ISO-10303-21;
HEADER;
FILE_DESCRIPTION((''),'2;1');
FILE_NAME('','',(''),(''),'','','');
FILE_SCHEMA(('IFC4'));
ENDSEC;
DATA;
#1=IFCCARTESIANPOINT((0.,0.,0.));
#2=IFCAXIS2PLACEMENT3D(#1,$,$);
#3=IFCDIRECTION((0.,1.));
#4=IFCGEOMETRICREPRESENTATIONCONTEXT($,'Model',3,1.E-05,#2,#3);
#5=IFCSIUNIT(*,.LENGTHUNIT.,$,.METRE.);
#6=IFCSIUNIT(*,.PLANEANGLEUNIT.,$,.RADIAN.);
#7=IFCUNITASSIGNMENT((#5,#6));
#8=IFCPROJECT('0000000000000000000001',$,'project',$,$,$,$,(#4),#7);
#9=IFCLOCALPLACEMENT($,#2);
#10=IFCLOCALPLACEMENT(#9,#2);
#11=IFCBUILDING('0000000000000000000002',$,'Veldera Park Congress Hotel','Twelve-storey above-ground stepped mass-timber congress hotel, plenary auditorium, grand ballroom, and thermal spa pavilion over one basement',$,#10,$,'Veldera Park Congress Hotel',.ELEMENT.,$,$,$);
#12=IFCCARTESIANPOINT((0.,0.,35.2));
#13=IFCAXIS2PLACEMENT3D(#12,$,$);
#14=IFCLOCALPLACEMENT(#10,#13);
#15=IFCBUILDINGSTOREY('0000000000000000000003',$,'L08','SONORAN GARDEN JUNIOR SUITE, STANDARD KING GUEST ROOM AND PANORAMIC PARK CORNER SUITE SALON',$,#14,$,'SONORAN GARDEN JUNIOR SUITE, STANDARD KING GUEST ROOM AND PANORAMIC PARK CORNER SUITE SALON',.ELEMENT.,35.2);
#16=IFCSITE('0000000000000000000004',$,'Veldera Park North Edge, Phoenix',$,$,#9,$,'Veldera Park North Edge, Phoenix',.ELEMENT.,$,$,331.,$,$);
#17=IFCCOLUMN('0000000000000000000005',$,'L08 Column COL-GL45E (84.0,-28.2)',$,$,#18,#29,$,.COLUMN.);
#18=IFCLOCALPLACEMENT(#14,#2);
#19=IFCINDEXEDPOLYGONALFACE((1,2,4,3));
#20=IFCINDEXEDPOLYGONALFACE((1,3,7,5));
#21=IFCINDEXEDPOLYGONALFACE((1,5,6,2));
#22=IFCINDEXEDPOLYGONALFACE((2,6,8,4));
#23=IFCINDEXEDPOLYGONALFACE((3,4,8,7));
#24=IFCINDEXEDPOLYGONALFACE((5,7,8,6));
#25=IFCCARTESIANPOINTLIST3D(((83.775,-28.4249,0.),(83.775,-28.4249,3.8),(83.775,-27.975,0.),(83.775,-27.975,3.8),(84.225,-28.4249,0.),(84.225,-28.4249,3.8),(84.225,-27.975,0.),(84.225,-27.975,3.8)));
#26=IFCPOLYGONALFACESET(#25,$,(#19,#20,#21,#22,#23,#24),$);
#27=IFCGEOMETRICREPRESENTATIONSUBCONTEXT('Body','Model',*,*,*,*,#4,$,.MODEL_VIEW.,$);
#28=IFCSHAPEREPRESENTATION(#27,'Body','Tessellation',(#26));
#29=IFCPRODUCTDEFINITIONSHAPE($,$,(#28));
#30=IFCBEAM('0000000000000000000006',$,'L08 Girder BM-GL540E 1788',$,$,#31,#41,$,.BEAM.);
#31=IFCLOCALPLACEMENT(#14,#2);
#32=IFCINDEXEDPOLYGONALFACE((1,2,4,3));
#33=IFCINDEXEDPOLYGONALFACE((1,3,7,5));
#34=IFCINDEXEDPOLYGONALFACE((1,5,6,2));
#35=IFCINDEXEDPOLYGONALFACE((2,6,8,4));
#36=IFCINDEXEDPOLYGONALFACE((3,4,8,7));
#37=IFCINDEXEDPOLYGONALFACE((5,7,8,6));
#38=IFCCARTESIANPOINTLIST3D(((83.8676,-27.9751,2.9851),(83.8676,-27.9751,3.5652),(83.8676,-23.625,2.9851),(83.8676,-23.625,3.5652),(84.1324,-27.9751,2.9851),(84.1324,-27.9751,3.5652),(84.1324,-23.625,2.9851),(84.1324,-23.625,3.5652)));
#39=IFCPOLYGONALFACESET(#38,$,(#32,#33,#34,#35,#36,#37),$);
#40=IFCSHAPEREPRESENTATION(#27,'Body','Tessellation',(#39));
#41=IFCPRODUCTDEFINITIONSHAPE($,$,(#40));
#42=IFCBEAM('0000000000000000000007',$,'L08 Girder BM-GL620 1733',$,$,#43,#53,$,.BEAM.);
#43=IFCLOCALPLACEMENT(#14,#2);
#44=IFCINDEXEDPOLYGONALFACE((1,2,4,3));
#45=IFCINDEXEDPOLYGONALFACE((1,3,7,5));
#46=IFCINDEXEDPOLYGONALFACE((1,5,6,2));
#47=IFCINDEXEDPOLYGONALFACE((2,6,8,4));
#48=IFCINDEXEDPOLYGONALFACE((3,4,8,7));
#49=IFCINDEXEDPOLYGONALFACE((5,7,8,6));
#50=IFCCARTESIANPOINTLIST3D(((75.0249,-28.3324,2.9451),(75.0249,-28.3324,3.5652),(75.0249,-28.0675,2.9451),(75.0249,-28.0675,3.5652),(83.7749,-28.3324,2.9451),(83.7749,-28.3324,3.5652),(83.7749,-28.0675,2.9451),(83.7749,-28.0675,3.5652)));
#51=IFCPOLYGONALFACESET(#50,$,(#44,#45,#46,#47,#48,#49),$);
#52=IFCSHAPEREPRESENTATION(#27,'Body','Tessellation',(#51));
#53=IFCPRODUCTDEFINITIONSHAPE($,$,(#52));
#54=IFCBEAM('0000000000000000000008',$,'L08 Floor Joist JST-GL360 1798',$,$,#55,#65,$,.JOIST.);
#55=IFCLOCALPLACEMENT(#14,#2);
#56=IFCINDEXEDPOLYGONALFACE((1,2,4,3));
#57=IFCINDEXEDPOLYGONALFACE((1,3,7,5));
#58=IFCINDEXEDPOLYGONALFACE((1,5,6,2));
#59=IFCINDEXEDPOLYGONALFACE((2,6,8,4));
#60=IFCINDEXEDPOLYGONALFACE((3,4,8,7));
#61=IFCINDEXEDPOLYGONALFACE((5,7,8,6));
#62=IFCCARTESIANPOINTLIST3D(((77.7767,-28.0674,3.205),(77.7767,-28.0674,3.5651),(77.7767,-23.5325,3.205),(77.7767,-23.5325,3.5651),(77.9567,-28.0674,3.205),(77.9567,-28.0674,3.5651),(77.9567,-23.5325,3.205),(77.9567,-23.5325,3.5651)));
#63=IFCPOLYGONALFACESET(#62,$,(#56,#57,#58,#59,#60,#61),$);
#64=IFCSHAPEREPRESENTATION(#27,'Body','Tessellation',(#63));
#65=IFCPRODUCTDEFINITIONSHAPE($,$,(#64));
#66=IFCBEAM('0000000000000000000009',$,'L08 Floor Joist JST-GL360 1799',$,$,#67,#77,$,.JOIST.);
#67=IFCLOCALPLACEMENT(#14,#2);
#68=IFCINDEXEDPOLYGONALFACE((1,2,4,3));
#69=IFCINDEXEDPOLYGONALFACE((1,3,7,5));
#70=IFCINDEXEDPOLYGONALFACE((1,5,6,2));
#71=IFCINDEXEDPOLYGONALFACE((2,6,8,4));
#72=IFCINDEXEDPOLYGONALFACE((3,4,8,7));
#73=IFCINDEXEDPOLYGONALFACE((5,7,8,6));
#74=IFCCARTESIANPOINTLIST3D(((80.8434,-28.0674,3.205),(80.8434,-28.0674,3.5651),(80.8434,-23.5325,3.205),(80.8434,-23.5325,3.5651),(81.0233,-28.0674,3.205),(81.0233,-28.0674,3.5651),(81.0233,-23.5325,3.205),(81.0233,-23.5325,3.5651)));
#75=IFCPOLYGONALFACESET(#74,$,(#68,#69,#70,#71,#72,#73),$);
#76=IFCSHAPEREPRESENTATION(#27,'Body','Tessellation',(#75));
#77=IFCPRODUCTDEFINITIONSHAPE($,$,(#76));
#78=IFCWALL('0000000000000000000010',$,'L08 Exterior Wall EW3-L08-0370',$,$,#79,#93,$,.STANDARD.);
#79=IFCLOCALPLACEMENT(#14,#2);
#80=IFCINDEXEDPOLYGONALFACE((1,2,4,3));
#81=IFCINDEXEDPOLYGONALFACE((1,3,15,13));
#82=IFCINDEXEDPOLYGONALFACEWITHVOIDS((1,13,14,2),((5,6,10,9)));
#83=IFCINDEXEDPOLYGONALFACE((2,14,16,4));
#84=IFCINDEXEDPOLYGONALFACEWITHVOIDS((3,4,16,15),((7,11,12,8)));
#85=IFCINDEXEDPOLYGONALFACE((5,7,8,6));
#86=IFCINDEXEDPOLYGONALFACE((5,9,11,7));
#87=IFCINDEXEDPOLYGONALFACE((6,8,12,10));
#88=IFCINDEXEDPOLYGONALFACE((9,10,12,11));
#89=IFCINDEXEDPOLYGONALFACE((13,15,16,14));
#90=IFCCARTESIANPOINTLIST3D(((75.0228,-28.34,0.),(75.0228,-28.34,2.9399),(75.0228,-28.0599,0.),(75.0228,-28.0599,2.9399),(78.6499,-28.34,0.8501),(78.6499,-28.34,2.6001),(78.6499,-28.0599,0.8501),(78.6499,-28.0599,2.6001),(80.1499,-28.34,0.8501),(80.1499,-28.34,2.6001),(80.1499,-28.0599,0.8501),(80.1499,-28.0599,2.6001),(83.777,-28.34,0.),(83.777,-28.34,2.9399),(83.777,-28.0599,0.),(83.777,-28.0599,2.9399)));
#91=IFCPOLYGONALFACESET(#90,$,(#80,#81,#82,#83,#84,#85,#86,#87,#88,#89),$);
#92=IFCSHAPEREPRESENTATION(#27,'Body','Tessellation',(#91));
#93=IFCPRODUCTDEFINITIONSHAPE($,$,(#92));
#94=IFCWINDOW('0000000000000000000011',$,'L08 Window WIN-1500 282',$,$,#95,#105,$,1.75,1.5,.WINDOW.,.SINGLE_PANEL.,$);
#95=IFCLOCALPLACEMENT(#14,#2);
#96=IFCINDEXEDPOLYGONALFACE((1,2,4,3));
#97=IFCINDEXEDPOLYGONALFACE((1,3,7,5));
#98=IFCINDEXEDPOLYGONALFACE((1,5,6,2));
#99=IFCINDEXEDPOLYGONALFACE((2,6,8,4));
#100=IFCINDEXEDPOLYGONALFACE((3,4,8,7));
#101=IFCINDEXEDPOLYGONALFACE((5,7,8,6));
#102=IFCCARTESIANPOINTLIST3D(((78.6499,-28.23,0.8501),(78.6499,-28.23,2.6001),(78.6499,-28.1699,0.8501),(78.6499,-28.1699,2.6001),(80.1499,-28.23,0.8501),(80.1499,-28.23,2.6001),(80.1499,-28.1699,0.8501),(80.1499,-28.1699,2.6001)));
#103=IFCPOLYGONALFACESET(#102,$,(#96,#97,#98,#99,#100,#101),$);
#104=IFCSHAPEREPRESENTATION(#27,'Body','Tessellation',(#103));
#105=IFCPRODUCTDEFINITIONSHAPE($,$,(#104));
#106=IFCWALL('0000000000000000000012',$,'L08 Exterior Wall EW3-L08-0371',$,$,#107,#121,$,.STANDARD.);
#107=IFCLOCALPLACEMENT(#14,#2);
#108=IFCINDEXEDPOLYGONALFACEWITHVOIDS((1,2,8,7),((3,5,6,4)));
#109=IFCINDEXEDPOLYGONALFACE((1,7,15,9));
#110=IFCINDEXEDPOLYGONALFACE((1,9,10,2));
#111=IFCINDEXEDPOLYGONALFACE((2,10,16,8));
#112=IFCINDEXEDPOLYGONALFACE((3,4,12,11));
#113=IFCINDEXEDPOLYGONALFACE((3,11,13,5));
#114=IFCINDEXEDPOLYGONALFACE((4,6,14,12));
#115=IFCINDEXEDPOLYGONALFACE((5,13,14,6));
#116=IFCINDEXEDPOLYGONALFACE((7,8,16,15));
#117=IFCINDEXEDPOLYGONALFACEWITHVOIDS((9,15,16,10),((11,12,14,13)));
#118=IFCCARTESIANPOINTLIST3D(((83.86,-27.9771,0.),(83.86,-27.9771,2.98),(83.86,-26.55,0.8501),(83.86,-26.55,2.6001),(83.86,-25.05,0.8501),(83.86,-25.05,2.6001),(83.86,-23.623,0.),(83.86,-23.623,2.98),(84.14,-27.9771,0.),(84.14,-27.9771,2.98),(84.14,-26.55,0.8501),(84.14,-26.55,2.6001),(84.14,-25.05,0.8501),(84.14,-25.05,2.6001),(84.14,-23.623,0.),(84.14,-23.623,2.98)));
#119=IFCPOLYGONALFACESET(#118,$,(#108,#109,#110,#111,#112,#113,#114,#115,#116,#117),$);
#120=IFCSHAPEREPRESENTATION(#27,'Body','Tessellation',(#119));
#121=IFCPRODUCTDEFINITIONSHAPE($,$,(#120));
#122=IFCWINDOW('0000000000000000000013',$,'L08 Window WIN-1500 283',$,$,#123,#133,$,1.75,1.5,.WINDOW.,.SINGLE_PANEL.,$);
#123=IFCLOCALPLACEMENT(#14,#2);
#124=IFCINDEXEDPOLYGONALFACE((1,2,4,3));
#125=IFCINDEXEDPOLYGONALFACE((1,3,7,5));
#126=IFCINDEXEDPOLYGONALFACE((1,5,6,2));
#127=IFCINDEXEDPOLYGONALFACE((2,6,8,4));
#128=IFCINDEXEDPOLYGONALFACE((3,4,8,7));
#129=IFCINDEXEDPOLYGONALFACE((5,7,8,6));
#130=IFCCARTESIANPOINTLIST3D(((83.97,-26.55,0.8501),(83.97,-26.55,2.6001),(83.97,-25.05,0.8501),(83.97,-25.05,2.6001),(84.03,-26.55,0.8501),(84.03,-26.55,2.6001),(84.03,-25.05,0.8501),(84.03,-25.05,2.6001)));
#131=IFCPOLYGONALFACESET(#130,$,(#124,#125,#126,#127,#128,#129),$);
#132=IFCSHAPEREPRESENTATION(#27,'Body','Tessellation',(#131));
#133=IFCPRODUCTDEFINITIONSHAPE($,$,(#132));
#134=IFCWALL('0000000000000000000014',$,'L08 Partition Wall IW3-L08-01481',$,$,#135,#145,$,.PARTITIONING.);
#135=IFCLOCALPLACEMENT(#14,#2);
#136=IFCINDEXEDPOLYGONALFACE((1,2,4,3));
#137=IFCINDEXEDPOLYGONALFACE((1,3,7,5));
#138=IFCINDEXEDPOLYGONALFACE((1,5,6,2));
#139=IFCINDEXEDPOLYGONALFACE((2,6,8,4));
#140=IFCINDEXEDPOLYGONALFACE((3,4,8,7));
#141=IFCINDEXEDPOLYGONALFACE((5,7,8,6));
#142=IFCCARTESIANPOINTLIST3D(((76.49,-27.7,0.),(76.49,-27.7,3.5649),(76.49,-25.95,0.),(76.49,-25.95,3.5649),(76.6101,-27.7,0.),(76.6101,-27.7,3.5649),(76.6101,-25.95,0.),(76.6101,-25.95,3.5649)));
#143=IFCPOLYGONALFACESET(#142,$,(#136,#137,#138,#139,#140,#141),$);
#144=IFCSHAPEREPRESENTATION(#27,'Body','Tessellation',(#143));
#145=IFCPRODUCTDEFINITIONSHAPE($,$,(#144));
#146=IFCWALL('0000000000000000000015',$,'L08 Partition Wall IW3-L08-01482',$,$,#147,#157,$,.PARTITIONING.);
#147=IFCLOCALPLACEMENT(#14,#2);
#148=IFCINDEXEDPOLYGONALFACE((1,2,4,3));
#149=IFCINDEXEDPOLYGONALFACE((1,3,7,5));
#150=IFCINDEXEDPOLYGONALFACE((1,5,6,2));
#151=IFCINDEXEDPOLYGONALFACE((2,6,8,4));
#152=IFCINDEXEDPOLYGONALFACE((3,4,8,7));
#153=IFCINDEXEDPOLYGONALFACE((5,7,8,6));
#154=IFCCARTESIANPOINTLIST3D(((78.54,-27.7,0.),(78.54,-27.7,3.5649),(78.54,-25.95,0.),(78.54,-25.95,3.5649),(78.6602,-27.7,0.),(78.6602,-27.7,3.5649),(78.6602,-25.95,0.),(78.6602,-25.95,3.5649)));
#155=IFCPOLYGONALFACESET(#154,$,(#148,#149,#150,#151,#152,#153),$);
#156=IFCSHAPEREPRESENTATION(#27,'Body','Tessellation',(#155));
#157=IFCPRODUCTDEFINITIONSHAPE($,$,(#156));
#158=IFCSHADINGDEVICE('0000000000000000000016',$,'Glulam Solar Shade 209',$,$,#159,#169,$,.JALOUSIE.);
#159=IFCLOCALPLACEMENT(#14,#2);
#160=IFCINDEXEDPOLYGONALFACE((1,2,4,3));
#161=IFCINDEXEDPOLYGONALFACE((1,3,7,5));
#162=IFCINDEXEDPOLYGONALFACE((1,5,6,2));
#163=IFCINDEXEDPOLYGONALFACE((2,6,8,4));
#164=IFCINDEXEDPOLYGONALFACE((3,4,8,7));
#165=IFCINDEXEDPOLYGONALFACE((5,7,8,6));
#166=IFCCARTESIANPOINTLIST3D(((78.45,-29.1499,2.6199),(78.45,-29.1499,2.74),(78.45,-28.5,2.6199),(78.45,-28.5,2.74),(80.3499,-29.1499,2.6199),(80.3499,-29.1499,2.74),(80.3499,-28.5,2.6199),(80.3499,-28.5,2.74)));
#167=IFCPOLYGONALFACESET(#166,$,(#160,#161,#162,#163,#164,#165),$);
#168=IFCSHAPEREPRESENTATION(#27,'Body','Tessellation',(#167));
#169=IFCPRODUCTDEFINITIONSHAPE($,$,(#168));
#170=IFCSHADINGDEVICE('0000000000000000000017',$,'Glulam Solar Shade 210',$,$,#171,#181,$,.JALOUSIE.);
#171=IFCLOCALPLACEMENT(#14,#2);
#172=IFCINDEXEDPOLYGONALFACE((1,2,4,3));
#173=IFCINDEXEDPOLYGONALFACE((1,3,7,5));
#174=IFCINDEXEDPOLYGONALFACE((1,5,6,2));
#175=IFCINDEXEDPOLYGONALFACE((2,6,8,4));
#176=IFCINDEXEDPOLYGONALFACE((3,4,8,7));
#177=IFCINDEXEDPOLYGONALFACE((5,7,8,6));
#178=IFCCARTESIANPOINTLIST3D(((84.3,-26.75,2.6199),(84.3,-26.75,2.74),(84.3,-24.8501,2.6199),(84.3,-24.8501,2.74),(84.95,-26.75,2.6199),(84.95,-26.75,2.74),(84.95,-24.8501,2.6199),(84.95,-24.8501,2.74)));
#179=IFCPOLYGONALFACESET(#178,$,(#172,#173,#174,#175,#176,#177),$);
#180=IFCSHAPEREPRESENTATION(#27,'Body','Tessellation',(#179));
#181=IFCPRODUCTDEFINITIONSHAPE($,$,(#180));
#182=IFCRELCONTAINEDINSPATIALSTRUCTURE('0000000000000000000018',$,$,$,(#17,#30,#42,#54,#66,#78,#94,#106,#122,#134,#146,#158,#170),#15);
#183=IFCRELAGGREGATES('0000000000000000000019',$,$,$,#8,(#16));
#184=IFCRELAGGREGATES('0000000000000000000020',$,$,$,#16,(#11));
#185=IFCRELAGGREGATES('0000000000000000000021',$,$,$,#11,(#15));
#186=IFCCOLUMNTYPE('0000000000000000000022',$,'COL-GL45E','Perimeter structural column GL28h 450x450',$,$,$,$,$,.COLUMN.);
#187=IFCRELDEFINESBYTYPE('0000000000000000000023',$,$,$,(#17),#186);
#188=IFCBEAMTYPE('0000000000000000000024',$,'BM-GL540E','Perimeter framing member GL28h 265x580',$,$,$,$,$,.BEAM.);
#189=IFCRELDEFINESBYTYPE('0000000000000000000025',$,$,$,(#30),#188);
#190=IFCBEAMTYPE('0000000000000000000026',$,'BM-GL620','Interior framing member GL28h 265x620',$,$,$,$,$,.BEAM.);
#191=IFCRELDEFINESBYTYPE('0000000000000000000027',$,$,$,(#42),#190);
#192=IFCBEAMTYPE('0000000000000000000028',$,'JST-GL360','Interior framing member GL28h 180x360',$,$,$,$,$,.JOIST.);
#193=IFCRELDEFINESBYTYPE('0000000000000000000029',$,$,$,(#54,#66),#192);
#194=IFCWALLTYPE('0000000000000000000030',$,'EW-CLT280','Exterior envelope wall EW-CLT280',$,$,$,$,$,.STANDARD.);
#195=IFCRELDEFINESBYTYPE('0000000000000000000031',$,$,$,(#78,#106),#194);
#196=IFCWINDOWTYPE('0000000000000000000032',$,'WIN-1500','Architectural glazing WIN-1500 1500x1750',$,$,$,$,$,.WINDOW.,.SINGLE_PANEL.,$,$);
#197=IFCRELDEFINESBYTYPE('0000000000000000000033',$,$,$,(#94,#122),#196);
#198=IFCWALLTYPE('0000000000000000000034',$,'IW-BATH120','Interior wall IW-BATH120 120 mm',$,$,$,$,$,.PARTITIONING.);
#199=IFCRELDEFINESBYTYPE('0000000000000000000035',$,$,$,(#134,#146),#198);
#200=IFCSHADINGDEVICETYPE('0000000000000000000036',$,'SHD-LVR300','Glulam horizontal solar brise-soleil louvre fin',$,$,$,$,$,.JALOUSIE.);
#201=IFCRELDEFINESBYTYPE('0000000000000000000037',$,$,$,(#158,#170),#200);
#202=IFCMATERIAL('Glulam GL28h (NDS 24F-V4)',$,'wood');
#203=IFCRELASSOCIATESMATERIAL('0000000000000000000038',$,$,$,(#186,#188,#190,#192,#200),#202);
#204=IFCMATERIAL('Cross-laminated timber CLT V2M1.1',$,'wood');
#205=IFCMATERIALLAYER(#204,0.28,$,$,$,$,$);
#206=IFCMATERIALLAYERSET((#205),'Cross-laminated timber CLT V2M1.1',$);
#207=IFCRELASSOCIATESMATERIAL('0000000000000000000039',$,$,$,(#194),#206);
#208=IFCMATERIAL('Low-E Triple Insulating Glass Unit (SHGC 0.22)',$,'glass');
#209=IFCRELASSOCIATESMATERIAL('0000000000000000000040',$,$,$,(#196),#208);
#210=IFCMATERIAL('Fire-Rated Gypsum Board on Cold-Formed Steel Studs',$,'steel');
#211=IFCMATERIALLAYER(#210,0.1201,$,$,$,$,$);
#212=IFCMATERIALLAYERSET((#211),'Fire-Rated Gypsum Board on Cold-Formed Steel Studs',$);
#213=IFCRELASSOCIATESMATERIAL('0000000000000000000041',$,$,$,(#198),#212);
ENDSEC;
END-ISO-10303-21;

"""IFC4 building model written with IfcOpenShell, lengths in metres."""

from ifc_helpers import new_model, si_unit, direction, frame, frame_2d, origin, origin_2d, place, context, subcontext, project, spatial, rectangle, extrude, material, layer, layer_set, material_profile, profile_set, type_object, element, fill, save


model = new_model("IFC4")

# Units and contexts
model_context = context("Model", 3, precision=1e-05, world=origin(), true_north=direction((0.0, 1.0)))
body_context = subcontext(model_context, "Body", "Model", "MODEL_VIEW")
ifc_project = project(units=[si_unit("LENGTHUNIT", "METRE"), si_unit("PLANEANGLEUNIT", "RADIAN")], contexts=[model_context])

# Site, building, storey
site_placement = place(None, origin())
site = spatial("IfcSite", under=ifc_project, at=site_placement, Name="Veldera Park North Edge, Phoenix", LongName="Veldera Park North Edge, Phoenix", CompositionType="ELEMENT", RefElevation=331.0)
building_placement = place(site_placement, origin())
building = spatial("IfcBuilding", under=site, at=building_placement, Name="Veldera Park Congress Hotel", Description="Twelve-storey above-ground stepped mass-timber congress hotel, plenary auditorium, grand ballroom, and thermal spa pavilion over one basement", LongName="Veldera Park Congress Hotel", CompositionType="ELEMENT")
storey_placement = place(building_placement, frame((0.0, 0.0, 35.2)))
storey = spatial("IfcBuildingStorey", under=building, at=storey_placement, Name="L08", Description="SONORAN GARDEN JUNIOR SUITE, STANDARD KING GUEST ROOM AND PANORAMIC PARK CORNER SUITE SALON", LongName="SONORAN GARDEN JUNIOR SUITE, STANDARD KING GUEST ROOM AND PANORAMIC PARK CORNER SUITE SALON", CompositionType="ELEMENT", Elevation=35.2)

# Column
ifc_material_1 = material(Name="Glulam GL28h (NDS 24F-V4)", Category="wood")
ifc_material_profile_1 = material_profile(ifc_material_1, rectangle(XDim=0.45, YDim=0.45, at=origin_2d()), Name="GL28h 450x450")
ifc_profile_set_1 = profile_set([ifc_material_profile_1], Name="Glulam GL28h (NDS 24F-V4)")
column_type = type_object("IfcColumnType", Name="COL-GL45E", Description="Perimeter structural column GL28h 450x450", PredefinedType="COLUMN", material=ifc_profile_set_1)
column_placement = place(storey_placement, frame((84.0, -28.2, 0.0), z_axis=(0.0, 0.0, 1.0), x_axis=(1.0, 0.0, 0.0)))
element("IfcColumn", 1, at=column_placement, inside=storey, type_object=column_type, Name="L08 Column COL-GL45E (84.0,-28.2)", PredefinedType="COLUMN", context=body_context, shape_type="SweptSolid", body=[
    extrude(rectangle(XDim=0.45, YDim=0.45, at=origin_2d()), origin(), (0.0, 0.0, 1.0), 3.8),
])

# Beams
ifc_material_profile_2 = material_profile(ifc_material_1, rectangle(XDim=0.2649, YDim=0.5801, at=origin_2d()), Name="GL28h 265x580")
ifc_profile_set_2 = profile_set([ifc_material_profile_2], Name="Glulam GL28h (NDS 24F-V4)")
beam_type_1 = type_object("IfcBeamType", Name="BM-GL540E", Description="Perimeter framing member GL28h 265x580", PredefinedType="BEAM", material=ifc_profile_set_2)
beam_1_placement = place(storey_placement, frame((84.0, -27.9751, 3.2751), z_axis=(0.0, 1.0, 0.0), x_axis=(-1.0, 0.0, 0.0)))
element("IfcBeam", 2, at=beam_1_placement, inside=storey, type_object=beam_type_1, Name="L08 Girder BM-GL540E 1788", PredefinedType="BEAM", context=body_context, shape_type="SweptSolid", body=[
    extrude(rectangle(XDim=0.2649, YDim=0.5801, at=origin_2d()), origin(), (0.0, 0.0, 1.0), 4.3501),
])
ifc_material_profile_3 = material_profile(ifc_material_1, rectangle(XDim=0.2649, YDim=0.6201, at=origin_2d()), Name="GL28h 265x620")
ifc_profile_set_3 = profile_set([ifc_material_profile_3], Name="Glulam GL28h (NDS 24F-V4)")
beam_type_2 = type_object("IfcBeamType", Name="BM-GL620", Description="Interior framing member GL28h 265x620", PredefinedType="BEAM", material=ifc_profile_set_3)
beam_2_placement = place(storey_placement, frame((75.0249, -28.2, 3.2551), z_axis=(1.0, 0.0, 0.0), x_axis=(0.0, 1.0, 0.0)))
element("IfcBeam", 3, at=beam_2_placement, inside=storey, type_object=beam_type_2, Name="L08 Girder BM-GL620 1733", PredefinedType="BEAM", context=body_context, shape_type="SweptSolid", body=[
    extrude(rectangle(XDim=0.2649, YDim=0.6201, at=origin_2d()), origin(), (0.0, 0.0, 1.0), 8.75),
])
ifc_material_profile_4 = material_profile(ifc_material_1, rectangle(XDim=0.1799, YDim=0.3601, at=origin_2d()), Name="GL28h 180x360")
ifc_profile_set_4 = profile_set([ifc_material_profile_4], Name="Glulam GL28h (NDS 24F-V4)")
beam_type_3 = type_object("IfcBeamType", Name="JST-GL360", Description="Interior framing member GL28h 180x360", PredefinedType="JOIST", material=ifc_profile_set_4)
for number, where, z_axis, x_axis, name in (
    (4, (77.8667, -28.0674, 3.385), (0.0, 1.0, 0.0), (-1.0, 0.0, 0.0), "L08 Floor Joist JST-GL360 1798"),
    (5, (80.9333, -28.0674, 3.385), (0.0, 1.0, 0.0), (-1.0, 0.0, 0.0), "L08 Floor Joist JST-GL360 1799"),
):
    element("IfcBeam", number, at=place(storey_placement, frame(where, z_axis=z_axis, x_axis=x_axis)), inside=storey, type_object=beam_type_3, Name=name, PredefinedType="JOIST", context=body_context, shape_type="SweptSolid", body=[
        extrude(rectangle(XDim=0.1799, YDim=0.3601, at=origin_2d()), origin(), (0.0, 0.0, 1.0), 4.5349),
    ])

# Walls, openings, windows
ifc_material_2 = material(Name="Cross-laminated timber CLT V2M1.1", Category="wood")
ifc_layer_1 = layer(ifc_material_2, 0.28)
ifc_layer_set_1 = layer_set([ifc_layer_1], Name="Cross-laminated timber CLT V2M1.1")
wall_type_1 = type_object("IfcWallType", Name="EW-CLT280", Description="Exterior envelope wall EW-CLT280", PredefinedType="STANDARD", material=ifc_layer_set_1)
wall_1_placement = place(storey_placement, frame((75.0229, -28.2, 0.0), z_axis=(0.0, 0.0, 1.0), x_axis=(1.0, 0.0, 0.0)))
wall_1 = element("IfcWall", 6, at=wall_1_placement, inside=storey, type_object=wall_type_1, Name="L08 Exterior Wall EW3-L08-0370", PredefinedType="STANDARD", context=body_context, shape_type="SweptSolid", body=[
    extrude(rectangle(XDim=8.7542, YDim=0.28, at=frame_2d((4.377, 0.0))), origin(), (0.0, 0.0, 1.0), 2.9399),
])
opening_1_placement = place(wall_1_placement, frame((3.627, 0.0, 0.8501)))
opening_1 = element("IfcOpeningElement", 7, at=opening_1_placement, cuts=wall_1, PredefinedType="OPENING", context=body_context, shape_type="SweptSolid", body=[
    extrude(rectangle(XDim=1.5, YDim=1.75, at=frame_2d((0.75, 0.875))), frame((0.0, 0.1521, 0.0), z_axis=(0.0, -1.0, 0.0), x_axis=(1.0, 0.0, 0.0)), (0.0, 0.0, 1.0), 0.304),
])
ifc_material_3 = material(Name="Low-E Triple Insulating Glass Unit (SHGC 0.22)", Category="glass")
window_type = type_object("IfcWindowType", Name="WIN-1500", Description="Architectural glazing WIN-1500 1500x1750", PartitioningType="SINGLE_PANEL", PredefinedType="WINDOW", material=ifc_material_3)
window_1_placement = place(opening_1_placement, origin())
window_1 = element("IfcWindow", 8, at=window_1_placement, inside=storey, type_object=window_type, Name="L08 Window WIN-1500 282", OverallHeight=1.75, OverallWidth=1.5, PartitioningType="SINGLE_PANEL", PredefinedType="WINDOW", context=body_context, shape_type="SweptSolid", body=[
    extrude(rectangle(XDim=1.5, YDim=1.75, at=frame_2d((0.75, 0.875))), frame((0.0, 0.03, 0.0), z_axis=(0.0, -1.0, 0.0), x_axis=(1.0, 0.0, 0.0)), (0.0, 0.0, 1.0), 0.0601),
])
fill(opening_1, window_1)
wall_2_placement = place(storey_placement, frame((84.0, -27.9771, 0.0), z_axis=(0.0, 0.0, 1.0), x_axis=(0.0, 1.0, 0.0)))
wall_2 = element("IfcWall", 9, at=wall_2_placement, inside=storey, type_object=wall_type_1, Name="L08 Exterior Wall EW3-L08-0371", PredefinedType="STANDARD", context=body_context, shape_type="SweptSolid", body=[
    extrude(rectangle(XDim=4.354, YDim=0.28, at=frame_2d((2.177, 0.0))), origin(), (0.0, 0.0, 1.0), 2.98),
])
opening_2_placement = place(wall_2_placement, frame((1.427, 0.0, 0.8501)))
opening_2 = element("IfcOpeningElement", 10, at=opening_2_placement, cuts=wall_2, PredefinedType="OPENING", context=body_context, shape_type="SweptSolid", body=[
    extrude(rectangle(XDim=1.5, YDim=1.75, at=frame_2d((0.75, 0.875))), frame((0.0, 0.1521, 0.0), z_axis=(0.0, -1.0, 0.0), x_axis=(1.0, 0.0, 0.0)), (0.0, 0.0, 1.0), 0.304),
])
window_2_placement = place(opening_2_placement, origin())
window_2 = element("IfcWindow", 11, at=window_2_placement, inside=storey, type_object=window_type, Name="L08 Window WIN-1500 283", OverallHeight=1.75, OverallWidth=1.5, PartitioningType="SINGLE_PANEL", PredefinedType="WINDOW", context=body_context, shape_type="SweptSolid", body=[
    extrude(rectangle(XDim=1.5, YDim=1.75, at=frame_2d((0.75, 0.875))), frame((0.0, 0.03, 0.0), z_axis=(0.0, -1.0, 0.0), x_axis=(1.0, 0.0, 0.0)), (0.0, 0.0, 1.0), 0.0601),
])
fill(opening_2, window_2)

# Walls
ifc_material_4 = material(Name="Fire-Rated Gypsum Board on Cold-Formed Steel Studs", Category="steel")
ifc_layer_2 = layer(ifc_material_4, 0.1201)
ifc_layer_set_2 = layer_set([ifc_layer_2], Name="Fire-Rated Gypsum Board on Cold-Formed Steel Studs")
wall_type_2 = type_object("IfcWallType", Name="IW-BATH120", Description="Interior wall IW-BATH120 120 mm", PredefinedType="PARTITIONING", material=ifc_layer_set_2)
for number, where, z_axis, x_axis, name in (
    (12, (76.55, -27.7, 0.0), (0.0, 0.0, 1.0), (0.0, 1.0, 0.0), "L08 Partition Wall IW3-L08-01481"),
    (13, (78.6001, -27.7, 0.0), (0.0, 0.0, 1.0), (0.0, 1.0, 0.0), "L08 Partition Wall IW3-L08-01482"),
):
    element("IfcWall", number, at=place(storey_placement, frame(where, z_axis=z_axis, x_axis=x_axis)), inside=storey, type_object=wall_type_2, Name=name, PredefinedType="PARTITIONING", context=body_context, shape_type="SweptSolid", body=[
        extrude(rectangle(XDim=1.75, YDim=0.1201, at=frame_2d((0.875, 0.0))), origin(), (0.0, 0.0, 1.0), 3.5649),
    ])

# Shading devices
shading_device_type = type_object("IfcShadingDeviceType", Name="SHD-LVR300", Description="Glulam horizontal solar brise-soleil louvre fin", PredefinedType="JALOUSIE", material=ifc_material_1)
for number, where, z_axis, x_axis, name in (
    (14, (79.3999, -28.825, 2.6199), (0.0, 0.0, 1.0), (1.0, 0.0, 0.0), "Glulam Solar Shade 209"),
    (15, (84.625, -25.8, 2.6199), (0.0, 0.0, 1.0), (0.0, 1.0, 0.0), "Glulam Solar Shade 210"),
):
    element("IfcShadingDevice", number, at=place(storey_placement, frame(where, z_axis=z_axis, x_axis=x_axis)), inside=storey, type_object=shading_device_type, Name=name, PredefinedType="JALOUSIE", context=body_context, shape_type="SweptSolid", body=[
        extrude(rectangle(XDim=1.8999, YDim=0.6499, at=origin_2d()), origin(), (0.0, 0.0, 1.0), 0.1201),
    ])

save(model, "model.ifc")
